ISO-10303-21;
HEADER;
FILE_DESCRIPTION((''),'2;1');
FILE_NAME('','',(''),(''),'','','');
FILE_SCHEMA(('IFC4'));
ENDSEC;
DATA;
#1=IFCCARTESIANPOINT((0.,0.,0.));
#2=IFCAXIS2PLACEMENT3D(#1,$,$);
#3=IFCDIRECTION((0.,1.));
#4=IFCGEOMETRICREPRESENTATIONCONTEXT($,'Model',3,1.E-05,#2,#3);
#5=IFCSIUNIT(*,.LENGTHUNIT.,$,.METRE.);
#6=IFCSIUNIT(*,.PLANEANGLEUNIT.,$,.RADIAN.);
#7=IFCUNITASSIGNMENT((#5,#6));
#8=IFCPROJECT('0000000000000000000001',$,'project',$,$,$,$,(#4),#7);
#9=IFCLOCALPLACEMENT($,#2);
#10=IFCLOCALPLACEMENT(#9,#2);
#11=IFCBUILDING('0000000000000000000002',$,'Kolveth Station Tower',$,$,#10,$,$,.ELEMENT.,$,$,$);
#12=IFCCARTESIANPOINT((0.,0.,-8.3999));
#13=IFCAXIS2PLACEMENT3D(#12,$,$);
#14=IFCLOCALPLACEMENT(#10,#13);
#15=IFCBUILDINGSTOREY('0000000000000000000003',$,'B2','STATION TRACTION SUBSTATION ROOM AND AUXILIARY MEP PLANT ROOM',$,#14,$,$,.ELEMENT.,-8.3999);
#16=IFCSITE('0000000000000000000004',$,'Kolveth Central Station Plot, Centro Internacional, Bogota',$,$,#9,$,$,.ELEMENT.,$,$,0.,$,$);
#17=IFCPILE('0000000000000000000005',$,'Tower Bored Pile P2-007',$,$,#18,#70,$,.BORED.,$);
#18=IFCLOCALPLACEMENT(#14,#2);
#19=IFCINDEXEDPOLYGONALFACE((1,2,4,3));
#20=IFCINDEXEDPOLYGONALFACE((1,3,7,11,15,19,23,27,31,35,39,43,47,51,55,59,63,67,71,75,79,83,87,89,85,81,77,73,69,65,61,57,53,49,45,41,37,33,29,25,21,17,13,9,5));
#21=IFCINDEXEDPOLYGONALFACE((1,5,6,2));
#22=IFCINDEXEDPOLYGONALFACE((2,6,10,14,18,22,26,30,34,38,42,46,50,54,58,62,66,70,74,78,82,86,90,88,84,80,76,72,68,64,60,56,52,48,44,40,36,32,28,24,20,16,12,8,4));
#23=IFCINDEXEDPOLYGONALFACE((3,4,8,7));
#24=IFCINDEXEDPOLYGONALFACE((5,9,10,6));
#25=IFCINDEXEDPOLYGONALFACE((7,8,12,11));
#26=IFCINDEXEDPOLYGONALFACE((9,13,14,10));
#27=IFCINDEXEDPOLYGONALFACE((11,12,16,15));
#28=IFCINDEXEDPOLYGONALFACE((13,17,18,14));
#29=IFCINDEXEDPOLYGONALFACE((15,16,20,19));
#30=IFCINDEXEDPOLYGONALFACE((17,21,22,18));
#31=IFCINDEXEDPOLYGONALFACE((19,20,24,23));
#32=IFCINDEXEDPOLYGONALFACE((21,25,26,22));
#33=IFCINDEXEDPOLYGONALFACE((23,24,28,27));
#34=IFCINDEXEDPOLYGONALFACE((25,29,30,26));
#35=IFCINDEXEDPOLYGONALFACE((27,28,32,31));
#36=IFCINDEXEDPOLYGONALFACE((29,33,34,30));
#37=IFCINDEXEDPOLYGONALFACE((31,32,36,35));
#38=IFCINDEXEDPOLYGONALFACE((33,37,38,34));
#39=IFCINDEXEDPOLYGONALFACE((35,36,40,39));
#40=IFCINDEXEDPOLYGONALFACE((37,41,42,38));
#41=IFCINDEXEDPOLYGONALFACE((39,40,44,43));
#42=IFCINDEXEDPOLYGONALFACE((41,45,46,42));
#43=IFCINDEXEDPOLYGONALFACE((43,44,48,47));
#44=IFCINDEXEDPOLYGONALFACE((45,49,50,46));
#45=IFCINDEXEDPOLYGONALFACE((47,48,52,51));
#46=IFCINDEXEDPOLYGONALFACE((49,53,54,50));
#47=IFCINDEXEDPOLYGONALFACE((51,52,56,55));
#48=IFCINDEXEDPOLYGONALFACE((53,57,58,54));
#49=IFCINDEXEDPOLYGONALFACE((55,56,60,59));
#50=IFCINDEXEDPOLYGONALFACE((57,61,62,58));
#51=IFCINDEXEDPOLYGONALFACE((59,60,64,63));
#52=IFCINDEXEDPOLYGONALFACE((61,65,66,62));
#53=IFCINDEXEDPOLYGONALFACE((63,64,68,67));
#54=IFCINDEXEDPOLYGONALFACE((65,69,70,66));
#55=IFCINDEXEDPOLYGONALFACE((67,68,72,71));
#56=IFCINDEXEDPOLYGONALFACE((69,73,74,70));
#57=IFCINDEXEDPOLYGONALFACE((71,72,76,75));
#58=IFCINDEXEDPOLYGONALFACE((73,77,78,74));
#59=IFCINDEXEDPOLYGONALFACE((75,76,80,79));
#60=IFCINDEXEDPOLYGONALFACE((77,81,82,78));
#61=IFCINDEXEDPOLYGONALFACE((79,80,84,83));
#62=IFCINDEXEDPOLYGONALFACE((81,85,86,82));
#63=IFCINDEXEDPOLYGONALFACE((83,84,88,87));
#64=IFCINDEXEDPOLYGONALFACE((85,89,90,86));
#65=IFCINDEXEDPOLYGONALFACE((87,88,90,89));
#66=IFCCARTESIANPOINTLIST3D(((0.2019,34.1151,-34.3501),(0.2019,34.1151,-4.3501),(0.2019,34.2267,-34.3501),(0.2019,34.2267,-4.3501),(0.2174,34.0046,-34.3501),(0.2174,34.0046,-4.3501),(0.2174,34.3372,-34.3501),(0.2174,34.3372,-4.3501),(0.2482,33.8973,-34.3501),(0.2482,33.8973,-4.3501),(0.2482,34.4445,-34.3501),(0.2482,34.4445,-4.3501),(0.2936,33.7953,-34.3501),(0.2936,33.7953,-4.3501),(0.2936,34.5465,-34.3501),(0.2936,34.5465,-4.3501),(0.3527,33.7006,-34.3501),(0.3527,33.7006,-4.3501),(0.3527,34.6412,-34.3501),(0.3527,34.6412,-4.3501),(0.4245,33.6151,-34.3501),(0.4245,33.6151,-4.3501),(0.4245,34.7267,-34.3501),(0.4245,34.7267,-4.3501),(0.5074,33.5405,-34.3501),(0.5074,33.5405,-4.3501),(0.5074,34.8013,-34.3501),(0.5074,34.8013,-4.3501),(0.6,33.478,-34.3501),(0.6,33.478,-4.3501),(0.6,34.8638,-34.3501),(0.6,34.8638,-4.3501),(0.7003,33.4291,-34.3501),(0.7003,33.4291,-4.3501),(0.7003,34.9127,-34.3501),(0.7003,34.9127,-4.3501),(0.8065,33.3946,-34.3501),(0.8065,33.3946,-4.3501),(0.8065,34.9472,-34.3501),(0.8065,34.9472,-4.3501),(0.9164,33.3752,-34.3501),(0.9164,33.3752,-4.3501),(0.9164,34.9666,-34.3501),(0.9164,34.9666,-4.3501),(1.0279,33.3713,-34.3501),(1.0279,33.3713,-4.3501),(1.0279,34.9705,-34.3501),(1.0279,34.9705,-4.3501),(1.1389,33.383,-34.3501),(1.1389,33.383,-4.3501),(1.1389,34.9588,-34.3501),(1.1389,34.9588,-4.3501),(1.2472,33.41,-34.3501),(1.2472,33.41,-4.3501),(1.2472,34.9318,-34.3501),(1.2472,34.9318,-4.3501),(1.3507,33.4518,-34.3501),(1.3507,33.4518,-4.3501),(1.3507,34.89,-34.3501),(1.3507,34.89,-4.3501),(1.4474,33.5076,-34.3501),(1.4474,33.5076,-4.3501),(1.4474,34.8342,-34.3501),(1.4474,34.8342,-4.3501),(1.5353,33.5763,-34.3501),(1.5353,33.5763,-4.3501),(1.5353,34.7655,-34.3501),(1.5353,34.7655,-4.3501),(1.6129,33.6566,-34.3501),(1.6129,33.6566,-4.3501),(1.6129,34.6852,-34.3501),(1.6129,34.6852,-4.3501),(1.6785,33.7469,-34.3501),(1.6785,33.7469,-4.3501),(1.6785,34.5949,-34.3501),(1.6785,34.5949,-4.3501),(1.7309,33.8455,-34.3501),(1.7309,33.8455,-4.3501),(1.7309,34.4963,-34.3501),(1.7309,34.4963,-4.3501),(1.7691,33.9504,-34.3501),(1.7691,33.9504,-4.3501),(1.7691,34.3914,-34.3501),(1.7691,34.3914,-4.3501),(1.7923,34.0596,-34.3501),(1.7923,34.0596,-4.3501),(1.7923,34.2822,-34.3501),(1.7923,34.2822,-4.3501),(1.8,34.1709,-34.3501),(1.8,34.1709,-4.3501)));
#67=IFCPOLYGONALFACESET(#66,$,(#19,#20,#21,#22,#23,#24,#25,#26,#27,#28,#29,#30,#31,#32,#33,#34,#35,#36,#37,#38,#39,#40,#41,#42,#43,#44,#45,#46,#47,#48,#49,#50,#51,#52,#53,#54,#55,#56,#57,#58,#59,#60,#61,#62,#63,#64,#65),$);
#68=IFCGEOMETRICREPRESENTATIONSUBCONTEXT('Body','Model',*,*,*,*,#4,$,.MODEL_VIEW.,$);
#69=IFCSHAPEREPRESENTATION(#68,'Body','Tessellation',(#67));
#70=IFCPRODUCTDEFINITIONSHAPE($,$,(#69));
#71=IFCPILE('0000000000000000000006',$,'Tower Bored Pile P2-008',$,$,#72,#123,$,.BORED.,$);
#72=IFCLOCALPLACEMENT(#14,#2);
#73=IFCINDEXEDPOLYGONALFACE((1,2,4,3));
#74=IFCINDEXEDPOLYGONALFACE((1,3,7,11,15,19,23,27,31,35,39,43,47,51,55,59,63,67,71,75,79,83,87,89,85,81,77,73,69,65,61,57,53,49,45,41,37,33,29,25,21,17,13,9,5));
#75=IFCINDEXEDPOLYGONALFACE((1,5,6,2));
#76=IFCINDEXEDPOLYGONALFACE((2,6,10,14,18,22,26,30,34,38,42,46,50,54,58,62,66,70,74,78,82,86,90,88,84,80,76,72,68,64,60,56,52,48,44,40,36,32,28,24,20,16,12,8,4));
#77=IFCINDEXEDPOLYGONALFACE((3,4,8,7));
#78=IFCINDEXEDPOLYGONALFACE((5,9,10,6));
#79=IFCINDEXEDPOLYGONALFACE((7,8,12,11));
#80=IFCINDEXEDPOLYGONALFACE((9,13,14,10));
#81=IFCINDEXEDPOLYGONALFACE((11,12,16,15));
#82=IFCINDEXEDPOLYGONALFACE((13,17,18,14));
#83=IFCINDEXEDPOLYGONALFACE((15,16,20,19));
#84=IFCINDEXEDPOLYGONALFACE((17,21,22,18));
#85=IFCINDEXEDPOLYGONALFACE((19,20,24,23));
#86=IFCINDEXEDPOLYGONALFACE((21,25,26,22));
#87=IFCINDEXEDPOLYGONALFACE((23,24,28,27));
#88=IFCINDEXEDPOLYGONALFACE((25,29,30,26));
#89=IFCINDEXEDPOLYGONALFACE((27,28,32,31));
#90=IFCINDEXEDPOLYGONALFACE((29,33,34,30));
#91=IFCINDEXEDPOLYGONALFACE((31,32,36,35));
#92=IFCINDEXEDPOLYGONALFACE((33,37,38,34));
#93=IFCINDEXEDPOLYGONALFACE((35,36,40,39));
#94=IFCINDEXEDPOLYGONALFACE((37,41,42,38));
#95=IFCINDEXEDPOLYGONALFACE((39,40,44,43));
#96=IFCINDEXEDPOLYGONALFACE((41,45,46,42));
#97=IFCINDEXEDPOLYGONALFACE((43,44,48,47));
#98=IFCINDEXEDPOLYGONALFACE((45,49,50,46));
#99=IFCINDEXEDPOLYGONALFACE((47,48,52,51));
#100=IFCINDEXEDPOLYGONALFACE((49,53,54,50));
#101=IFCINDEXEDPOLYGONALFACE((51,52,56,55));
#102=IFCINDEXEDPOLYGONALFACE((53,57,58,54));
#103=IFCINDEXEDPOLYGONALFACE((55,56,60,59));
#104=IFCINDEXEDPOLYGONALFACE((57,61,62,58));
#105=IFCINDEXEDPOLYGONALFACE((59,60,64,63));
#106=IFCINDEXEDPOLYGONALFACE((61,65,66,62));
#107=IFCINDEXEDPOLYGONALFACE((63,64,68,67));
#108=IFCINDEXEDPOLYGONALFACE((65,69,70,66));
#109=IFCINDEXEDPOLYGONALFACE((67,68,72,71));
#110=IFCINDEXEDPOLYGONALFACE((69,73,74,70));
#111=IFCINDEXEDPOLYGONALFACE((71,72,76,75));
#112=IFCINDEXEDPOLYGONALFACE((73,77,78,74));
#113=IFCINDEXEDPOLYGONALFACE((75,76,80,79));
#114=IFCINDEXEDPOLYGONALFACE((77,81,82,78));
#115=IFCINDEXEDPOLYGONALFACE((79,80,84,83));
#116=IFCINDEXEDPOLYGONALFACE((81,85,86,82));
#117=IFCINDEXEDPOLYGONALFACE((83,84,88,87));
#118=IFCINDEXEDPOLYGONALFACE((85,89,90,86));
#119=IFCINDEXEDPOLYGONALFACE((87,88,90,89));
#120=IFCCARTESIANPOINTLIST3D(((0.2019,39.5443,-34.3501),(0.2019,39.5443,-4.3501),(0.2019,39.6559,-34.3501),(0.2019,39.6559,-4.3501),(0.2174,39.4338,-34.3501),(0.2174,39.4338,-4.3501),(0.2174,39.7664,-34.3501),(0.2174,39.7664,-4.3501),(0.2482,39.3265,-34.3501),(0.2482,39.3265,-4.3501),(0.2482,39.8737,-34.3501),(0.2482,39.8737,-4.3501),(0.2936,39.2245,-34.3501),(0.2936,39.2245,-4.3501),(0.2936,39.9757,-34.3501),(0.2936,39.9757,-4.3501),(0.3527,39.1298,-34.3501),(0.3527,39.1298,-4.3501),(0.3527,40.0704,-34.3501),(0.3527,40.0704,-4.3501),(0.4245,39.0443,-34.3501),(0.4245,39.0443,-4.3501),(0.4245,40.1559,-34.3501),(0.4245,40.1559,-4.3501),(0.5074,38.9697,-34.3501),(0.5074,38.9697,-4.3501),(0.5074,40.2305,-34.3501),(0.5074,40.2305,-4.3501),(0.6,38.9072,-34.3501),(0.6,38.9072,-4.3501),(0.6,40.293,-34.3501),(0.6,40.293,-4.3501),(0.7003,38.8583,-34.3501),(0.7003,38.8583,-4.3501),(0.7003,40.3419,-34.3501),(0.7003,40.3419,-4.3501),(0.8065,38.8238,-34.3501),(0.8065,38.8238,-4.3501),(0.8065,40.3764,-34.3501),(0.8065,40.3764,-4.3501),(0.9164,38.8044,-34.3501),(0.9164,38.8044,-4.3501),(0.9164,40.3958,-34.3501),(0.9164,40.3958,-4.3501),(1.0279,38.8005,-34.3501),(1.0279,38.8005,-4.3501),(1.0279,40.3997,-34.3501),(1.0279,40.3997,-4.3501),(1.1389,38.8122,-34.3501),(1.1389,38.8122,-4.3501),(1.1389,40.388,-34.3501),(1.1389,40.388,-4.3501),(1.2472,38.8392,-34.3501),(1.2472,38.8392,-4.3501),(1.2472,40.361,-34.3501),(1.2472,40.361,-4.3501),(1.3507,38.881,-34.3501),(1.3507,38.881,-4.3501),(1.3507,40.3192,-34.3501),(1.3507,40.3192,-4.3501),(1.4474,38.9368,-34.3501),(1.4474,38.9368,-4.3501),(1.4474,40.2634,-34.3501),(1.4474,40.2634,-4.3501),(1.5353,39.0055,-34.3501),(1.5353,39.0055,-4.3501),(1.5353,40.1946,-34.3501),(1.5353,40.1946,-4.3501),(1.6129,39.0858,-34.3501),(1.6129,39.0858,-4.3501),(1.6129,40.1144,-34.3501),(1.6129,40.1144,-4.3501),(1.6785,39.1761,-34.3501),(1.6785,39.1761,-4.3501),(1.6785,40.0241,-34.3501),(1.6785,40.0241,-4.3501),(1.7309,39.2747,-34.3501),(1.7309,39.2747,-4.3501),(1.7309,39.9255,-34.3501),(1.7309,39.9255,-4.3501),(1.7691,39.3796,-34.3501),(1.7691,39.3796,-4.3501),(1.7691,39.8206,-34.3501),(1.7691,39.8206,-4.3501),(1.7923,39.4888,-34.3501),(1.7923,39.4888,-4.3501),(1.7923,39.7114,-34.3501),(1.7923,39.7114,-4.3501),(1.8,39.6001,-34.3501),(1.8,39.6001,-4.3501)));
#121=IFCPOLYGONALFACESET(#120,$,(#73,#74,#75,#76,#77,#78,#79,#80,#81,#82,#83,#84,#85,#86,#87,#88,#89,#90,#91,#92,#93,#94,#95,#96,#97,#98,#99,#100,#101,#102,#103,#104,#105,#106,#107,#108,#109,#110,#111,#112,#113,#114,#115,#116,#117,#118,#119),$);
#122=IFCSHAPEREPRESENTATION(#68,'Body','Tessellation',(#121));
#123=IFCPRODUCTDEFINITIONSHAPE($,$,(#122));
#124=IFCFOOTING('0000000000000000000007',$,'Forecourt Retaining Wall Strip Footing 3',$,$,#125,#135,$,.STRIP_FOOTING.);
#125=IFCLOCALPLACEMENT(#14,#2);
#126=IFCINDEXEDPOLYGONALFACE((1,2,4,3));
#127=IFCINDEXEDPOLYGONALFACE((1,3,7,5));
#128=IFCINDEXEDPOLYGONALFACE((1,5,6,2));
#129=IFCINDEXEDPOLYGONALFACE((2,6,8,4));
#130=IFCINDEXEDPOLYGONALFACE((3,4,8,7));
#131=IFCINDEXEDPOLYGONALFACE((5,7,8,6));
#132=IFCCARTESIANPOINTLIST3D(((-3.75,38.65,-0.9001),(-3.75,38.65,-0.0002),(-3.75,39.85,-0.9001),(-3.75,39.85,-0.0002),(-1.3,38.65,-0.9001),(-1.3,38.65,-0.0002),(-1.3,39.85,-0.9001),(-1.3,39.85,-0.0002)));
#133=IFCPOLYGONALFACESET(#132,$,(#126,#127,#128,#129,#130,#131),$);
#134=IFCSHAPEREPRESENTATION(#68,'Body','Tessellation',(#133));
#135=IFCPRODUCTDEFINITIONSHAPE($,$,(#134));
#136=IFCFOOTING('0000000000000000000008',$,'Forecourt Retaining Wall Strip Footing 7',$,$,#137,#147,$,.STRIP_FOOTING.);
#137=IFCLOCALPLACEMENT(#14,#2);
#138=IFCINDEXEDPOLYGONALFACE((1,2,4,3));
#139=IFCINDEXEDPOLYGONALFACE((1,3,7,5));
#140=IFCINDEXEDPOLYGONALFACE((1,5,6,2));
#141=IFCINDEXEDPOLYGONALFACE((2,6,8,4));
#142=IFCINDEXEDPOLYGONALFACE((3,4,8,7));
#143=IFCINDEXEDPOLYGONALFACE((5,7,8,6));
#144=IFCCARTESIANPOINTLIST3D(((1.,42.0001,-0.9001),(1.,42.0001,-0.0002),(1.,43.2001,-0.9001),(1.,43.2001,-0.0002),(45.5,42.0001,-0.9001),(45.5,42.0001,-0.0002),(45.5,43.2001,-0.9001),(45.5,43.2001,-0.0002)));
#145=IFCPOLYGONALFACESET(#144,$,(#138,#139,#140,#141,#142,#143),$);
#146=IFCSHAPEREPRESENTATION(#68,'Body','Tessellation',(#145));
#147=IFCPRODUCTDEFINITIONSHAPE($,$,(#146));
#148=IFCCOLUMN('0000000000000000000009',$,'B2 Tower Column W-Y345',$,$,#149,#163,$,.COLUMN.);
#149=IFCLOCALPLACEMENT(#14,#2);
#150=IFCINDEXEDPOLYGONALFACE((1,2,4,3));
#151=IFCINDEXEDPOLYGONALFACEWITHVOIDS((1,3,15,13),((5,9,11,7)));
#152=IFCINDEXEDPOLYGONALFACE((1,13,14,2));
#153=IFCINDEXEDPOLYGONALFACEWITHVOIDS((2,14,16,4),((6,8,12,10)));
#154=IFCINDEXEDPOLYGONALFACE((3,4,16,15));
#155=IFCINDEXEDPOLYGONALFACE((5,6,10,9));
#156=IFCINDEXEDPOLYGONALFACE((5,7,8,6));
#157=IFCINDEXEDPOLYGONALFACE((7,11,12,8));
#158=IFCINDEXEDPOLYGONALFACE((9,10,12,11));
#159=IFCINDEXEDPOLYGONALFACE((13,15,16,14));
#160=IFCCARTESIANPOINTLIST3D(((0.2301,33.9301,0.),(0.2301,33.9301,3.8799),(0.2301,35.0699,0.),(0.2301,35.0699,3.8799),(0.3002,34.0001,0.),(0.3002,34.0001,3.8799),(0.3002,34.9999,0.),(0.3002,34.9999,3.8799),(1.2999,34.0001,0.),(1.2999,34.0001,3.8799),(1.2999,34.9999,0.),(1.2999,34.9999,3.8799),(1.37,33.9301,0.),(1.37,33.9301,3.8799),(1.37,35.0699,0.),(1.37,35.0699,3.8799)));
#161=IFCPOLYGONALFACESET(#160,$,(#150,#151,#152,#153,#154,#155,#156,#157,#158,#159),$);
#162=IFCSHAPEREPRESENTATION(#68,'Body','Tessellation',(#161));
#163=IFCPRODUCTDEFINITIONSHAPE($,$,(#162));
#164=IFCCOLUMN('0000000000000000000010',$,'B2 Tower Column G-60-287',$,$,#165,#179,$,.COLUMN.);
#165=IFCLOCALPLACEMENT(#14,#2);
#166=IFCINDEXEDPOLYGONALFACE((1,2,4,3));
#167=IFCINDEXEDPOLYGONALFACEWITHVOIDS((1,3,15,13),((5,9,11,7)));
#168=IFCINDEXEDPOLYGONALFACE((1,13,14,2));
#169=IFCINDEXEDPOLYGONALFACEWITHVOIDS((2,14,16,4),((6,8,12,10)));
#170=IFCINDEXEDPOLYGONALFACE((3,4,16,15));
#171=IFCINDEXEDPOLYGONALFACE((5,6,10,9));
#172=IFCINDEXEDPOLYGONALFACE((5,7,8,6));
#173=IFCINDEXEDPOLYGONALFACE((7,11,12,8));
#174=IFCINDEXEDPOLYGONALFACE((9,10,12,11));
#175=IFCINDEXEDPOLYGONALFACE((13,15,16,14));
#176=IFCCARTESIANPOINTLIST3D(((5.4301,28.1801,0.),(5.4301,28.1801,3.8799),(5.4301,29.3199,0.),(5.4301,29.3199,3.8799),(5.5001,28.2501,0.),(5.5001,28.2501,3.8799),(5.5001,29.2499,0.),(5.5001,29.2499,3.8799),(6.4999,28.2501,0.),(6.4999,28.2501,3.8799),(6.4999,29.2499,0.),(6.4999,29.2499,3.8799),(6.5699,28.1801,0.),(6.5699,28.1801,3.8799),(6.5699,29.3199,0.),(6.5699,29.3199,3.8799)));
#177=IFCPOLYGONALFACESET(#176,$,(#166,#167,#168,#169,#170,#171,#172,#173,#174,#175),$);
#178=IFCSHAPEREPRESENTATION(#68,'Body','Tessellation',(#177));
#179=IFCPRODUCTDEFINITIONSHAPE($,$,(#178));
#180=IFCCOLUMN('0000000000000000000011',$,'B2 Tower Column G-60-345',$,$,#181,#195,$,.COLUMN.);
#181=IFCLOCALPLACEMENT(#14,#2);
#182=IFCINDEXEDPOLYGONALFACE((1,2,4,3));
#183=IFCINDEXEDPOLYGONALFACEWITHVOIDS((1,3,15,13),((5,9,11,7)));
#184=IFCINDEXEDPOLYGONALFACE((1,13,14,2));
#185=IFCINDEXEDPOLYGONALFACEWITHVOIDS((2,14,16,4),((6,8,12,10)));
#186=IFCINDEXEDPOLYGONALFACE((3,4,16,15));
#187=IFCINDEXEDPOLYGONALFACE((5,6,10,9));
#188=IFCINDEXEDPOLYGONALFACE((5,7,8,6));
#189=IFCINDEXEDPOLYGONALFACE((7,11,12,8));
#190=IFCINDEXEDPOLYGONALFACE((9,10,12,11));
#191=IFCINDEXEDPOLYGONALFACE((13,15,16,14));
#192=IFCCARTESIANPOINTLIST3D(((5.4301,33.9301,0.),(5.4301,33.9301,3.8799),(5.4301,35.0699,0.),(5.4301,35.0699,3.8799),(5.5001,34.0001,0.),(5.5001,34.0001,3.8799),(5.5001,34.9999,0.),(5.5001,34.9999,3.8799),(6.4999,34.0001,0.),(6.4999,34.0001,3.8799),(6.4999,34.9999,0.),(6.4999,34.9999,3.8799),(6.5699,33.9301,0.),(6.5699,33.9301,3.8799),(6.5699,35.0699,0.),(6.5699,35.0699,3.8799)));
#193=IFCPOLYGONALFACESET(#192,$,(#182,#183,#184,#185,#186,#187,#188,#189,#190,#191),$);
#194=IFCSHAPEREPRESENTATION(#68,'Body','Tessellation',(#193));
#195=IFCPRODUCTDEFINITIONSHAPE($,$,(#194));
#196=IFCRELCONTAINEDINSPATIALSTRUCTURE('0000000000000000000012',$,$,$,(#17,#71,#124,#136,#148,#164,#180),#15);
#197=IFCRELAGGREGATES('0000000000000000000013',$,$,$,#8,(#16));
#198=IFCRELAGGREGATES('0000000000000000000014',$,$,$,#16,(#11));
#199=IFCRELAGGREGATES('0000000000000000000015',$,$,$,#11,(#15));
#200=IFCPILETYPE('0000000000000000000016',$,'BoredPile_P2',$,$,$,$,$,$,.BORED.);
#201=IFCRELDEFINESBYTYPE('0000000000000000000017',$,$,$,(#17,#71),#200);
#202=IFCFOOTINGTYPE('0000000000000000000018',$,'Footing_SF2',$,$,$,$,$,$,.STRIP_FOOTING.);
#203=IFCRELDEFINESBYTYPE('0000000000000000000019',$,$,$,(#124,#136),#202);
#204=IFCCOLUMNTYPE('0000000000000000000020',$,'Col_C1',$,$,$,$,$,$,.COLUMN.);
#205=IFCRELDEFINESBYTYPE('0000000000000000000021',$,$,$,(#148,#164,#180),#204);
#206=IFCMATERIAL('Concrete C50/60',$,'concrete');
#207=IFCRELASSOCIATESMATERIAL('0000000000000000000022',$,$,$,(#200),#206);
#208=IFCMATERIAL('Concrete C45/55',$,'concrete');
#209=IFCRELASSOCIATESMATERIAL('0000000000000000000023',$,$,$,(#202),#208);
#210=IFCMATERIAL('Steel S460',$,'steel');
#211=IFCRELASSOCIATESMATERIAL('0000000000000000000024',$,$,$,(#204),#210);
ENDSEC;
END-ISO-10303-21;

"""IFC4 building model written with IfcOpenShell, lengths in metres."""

from ifc_helpers import new_model, si_unit, direction, frame, origin, origin_2d, place, context, subcontext, project, spatial, rectangle, hollow_rectangle, circle, extrude, source, transform, mapped, material, material_profile, profile_set, type_object, element, save


model = new_model("IFC4")

# Units and contexts
model_context = context("Model", 3, precision=1e-05, world=origin(), true_north=direction((0.0, 1.0)))
body_context = subcontext(model_context, "Body", "Model", "MODEL_VIEW")
ifc_project = project(units=[si_unit("LENGTHUNIT", "METRE"), si_unit("PLANEANGLEUNIT", "RADIAN")], contexts=[model_context])

# Site, building, storey
site_placement = place(None, origin())
site = spatial("IfcSite", under=ifc_project, at=site_placement, Name="Kolveth Central Station Plot, Centro Internacional, Bogota", CompositionType="ELEMENT", RefElevation=0.0)
building_placement = place(site_placement, origin())
building = spatial("IfcBuilding", under=site, at=building_placement, Name="Kolveth Station Tower", CompositionType="ELEMENT")
storey_placement = place(building_placement, frame((0.0, 0.0, -8.3999)))
storey = spatial("IfcBuildingStorey", under=building, at=storey_placement, Name="B2", Description="STATION TRACTION SUBSTATION ROOM AND AUXILIARY MEP PLANT ROOM", CompositionType="ELEMENT", Elevation=-8.3999)

# Piles
ifc_material_1 = material(Name="Concrete C50/60", Category="concrete")
ifc_material_profile_1 = material_profile(ifc_material_1, circle(Radius=0.8, at=origin_2d()), Name="PILE-D1600")
ifc_profile_set_1 = profile_set([ifc_material_profile_1], Name="Concrete C50/60")
pile_type = type_object("IfcPileType", Name="BoredPile_P2", PredefinedType="BORED", material=ifc_profile_set_1)
shared_shape_1 = source(origin(), body_context, "Body", "SweptSolid", [
    extrude(circle(Radius=0.8, at=origin_2d()), origin(), (0.0, 0.0, 1.0), 30.0),
])
for number, where, z_axis, x_axis, name in (
    (1, (1.0, 34.1709, -4.3501), (0.0, 0.0, -1.0), (1.0, 0.0, 0.0), "Tower Bored Pile P2-007"),
    (2, (1.0, 39.6001, -4.3501), (0.0, 0.0, -1.0), (1.0, 0.0, 0.0), "Tower Bored Pile P2-008"),
):
    element("IfcPile", number, at=place(storey_placement, frame(where, z_axis=z_axis, x_axis=x_axis)), inside=storey, type_object=pile_type, Name=name, PredefinedType="BORED", context=body_context, shape_type="MappedRepresentation", body=[
        mapped(shared_shape_1, transform((0.0, 0.0, 0.0), x_axis=(1.0, 0.0, 0.0), y_axis=(0.0, 1.0, 0.0), z_axis=(0.0, 0.0, 1.0), scale=1.0)),
    ])

# Footings
ifc_material_2 = material(Name="Concrete C45/55", Category="concrete")
ifc_material_profile_2 = material_profile(ifc_material_2, rectangle(XDim=1.2, YDim=0.8999, at=origin_2d()), Name="RC-1200x900")
ifc_profile_set_2 = profile_set([ifc_material_profile_2], Name="Concrete C45/55")
footing_type = type_object("IfcFootingType", Name="Footing_SF2", PredefinedType="STRIP_FOOTING", material=ifc_profile_set_2)
shared_shape_2 = source(origin(), body_context, "Body", "SweptSolid", [
    extrude(rectangle(XDim=1.2, YDim=0.8999, at=origin_2d()), origin(), (0.0, 0.0, 1.0), 2.45),
])
footing_1_placement = place(storey_placement, frame((-3.75, 39.25, -0.4502), z_axis=(1.0, 0.0, 0.0), x_axis=(0.0, 1.0, 0.0)))
element("IfcFooting", 3, at=footing_1_placement, inside=storey, type_object=footing_type, Name="Forecourt Retaining Wall Strip Footing 3", PredefinedType="STRIP_FOOTING", context=body_context, shape_type="MappedRepresentation", body=[
    mapped(shared_shape_2, transform((0.0, 0.0, 0.0), x_axis=(1.0, 0.0, 0.0), y_axis=(0.0, 1.0, 0.0), z_axis=(0.0, 0.0, 1.0), scale=1.0)),
])
shared_shape_3 = source(origin(), body_context, "Body", "SweptSolid", [
    extrude(rectangle(XDim=1.2, YDim=0.8999, at=origin_2d()), origin(), (0.0, 0.0, 1.0), 44.5),
])
footing_2_placement = place(storey_placement, frame((1.0, 42.6001, -0.4502), z_axis=(1.0, 0.0, 0.0), x_axis=(0.0, 1.0, 0.0)))
element("IfcFooting", 4, at=footing_2_placement, inside=storey, type_object=footing_type, Name="Forecourt Retaining Wall Strip Footing 7", PredefinedType="STRIP_FOOTING", context=body_context, shape_type="MappedRepresentation", body=[
    mapped(shared_shape_3, transform((0.0, 0.0, 0.0), x_axis=(1.0, 0.0, 0.0), y_axis=(0.0, 1.0, 0.0), z_axis=(0.0, 0.0, 1.0), scale=1.0)),
])

# Columns
ifc_material_3 = material(Name="Steel S460", Category="steel")
ifc_material_profile_3 = material_profile(ifc_material_3, hollow_rectangle(XDim=1.1399, YDim=1.1399, WallThickness=0.0701, at=origin_2d()), Name="BOX1140x1140x70")
ifc_profile_set_3 = profile_set([ifc_material_profile_3], Name="Steel S460")
column_type = type_object("IfcColumnType", Name="Col_C1", PredefinedType="COLUMN", material=ifc_profile_set_3)
shared_shape_4 = source(origin(), body_context, "Body", "SweptSolid", [
    extrude(hollow_rectangle(XDim=1.1399, YDim=1.1399, WallThickness=0.0701, at=origin_2d()), origin(), (0.0, 0.0, 1.0), 3.8799),
])
for number, where, z_axis, x_axis, name in (
    (5, (0.8, 34.5, 0.0), (0.0, 0.0, 1.0), (1.0, 0.0, 0.0), "B2 Tower Column W-Y345"),
    (6, (6.0, 28.75, 0.0), (0.0, 0.0, 1.0), (1.0, 0.0, 0.0), "B2 Tower Column G-60-287"),
    (7, (6.0, 34.5, 0.0), (0.0, 0.0, 1.0), (1.0, 0.0, 0.0), "B2 Tower Column G-60-345"),
):
    element("IfcColumn", number, at=place(storey_placement, frame(where, z_axis=z_axis, x_axis=x_axis)), inside=storey, type_object=column_type, Name=name, PredefinedType="COLUMN", context=body_context, shape_type="MappedRepresentation", body=[
        mapped(shared_shape_4, transform((0.0, 0.0, 0.0), x_axis=(1.0, 0.0, 0.0), y_axis=(0.0, 1.0, 0.0), z_axis=(0.0, 0.0, 1.0), scale=1.0)),
    ])

save(model, "model.ifc")
